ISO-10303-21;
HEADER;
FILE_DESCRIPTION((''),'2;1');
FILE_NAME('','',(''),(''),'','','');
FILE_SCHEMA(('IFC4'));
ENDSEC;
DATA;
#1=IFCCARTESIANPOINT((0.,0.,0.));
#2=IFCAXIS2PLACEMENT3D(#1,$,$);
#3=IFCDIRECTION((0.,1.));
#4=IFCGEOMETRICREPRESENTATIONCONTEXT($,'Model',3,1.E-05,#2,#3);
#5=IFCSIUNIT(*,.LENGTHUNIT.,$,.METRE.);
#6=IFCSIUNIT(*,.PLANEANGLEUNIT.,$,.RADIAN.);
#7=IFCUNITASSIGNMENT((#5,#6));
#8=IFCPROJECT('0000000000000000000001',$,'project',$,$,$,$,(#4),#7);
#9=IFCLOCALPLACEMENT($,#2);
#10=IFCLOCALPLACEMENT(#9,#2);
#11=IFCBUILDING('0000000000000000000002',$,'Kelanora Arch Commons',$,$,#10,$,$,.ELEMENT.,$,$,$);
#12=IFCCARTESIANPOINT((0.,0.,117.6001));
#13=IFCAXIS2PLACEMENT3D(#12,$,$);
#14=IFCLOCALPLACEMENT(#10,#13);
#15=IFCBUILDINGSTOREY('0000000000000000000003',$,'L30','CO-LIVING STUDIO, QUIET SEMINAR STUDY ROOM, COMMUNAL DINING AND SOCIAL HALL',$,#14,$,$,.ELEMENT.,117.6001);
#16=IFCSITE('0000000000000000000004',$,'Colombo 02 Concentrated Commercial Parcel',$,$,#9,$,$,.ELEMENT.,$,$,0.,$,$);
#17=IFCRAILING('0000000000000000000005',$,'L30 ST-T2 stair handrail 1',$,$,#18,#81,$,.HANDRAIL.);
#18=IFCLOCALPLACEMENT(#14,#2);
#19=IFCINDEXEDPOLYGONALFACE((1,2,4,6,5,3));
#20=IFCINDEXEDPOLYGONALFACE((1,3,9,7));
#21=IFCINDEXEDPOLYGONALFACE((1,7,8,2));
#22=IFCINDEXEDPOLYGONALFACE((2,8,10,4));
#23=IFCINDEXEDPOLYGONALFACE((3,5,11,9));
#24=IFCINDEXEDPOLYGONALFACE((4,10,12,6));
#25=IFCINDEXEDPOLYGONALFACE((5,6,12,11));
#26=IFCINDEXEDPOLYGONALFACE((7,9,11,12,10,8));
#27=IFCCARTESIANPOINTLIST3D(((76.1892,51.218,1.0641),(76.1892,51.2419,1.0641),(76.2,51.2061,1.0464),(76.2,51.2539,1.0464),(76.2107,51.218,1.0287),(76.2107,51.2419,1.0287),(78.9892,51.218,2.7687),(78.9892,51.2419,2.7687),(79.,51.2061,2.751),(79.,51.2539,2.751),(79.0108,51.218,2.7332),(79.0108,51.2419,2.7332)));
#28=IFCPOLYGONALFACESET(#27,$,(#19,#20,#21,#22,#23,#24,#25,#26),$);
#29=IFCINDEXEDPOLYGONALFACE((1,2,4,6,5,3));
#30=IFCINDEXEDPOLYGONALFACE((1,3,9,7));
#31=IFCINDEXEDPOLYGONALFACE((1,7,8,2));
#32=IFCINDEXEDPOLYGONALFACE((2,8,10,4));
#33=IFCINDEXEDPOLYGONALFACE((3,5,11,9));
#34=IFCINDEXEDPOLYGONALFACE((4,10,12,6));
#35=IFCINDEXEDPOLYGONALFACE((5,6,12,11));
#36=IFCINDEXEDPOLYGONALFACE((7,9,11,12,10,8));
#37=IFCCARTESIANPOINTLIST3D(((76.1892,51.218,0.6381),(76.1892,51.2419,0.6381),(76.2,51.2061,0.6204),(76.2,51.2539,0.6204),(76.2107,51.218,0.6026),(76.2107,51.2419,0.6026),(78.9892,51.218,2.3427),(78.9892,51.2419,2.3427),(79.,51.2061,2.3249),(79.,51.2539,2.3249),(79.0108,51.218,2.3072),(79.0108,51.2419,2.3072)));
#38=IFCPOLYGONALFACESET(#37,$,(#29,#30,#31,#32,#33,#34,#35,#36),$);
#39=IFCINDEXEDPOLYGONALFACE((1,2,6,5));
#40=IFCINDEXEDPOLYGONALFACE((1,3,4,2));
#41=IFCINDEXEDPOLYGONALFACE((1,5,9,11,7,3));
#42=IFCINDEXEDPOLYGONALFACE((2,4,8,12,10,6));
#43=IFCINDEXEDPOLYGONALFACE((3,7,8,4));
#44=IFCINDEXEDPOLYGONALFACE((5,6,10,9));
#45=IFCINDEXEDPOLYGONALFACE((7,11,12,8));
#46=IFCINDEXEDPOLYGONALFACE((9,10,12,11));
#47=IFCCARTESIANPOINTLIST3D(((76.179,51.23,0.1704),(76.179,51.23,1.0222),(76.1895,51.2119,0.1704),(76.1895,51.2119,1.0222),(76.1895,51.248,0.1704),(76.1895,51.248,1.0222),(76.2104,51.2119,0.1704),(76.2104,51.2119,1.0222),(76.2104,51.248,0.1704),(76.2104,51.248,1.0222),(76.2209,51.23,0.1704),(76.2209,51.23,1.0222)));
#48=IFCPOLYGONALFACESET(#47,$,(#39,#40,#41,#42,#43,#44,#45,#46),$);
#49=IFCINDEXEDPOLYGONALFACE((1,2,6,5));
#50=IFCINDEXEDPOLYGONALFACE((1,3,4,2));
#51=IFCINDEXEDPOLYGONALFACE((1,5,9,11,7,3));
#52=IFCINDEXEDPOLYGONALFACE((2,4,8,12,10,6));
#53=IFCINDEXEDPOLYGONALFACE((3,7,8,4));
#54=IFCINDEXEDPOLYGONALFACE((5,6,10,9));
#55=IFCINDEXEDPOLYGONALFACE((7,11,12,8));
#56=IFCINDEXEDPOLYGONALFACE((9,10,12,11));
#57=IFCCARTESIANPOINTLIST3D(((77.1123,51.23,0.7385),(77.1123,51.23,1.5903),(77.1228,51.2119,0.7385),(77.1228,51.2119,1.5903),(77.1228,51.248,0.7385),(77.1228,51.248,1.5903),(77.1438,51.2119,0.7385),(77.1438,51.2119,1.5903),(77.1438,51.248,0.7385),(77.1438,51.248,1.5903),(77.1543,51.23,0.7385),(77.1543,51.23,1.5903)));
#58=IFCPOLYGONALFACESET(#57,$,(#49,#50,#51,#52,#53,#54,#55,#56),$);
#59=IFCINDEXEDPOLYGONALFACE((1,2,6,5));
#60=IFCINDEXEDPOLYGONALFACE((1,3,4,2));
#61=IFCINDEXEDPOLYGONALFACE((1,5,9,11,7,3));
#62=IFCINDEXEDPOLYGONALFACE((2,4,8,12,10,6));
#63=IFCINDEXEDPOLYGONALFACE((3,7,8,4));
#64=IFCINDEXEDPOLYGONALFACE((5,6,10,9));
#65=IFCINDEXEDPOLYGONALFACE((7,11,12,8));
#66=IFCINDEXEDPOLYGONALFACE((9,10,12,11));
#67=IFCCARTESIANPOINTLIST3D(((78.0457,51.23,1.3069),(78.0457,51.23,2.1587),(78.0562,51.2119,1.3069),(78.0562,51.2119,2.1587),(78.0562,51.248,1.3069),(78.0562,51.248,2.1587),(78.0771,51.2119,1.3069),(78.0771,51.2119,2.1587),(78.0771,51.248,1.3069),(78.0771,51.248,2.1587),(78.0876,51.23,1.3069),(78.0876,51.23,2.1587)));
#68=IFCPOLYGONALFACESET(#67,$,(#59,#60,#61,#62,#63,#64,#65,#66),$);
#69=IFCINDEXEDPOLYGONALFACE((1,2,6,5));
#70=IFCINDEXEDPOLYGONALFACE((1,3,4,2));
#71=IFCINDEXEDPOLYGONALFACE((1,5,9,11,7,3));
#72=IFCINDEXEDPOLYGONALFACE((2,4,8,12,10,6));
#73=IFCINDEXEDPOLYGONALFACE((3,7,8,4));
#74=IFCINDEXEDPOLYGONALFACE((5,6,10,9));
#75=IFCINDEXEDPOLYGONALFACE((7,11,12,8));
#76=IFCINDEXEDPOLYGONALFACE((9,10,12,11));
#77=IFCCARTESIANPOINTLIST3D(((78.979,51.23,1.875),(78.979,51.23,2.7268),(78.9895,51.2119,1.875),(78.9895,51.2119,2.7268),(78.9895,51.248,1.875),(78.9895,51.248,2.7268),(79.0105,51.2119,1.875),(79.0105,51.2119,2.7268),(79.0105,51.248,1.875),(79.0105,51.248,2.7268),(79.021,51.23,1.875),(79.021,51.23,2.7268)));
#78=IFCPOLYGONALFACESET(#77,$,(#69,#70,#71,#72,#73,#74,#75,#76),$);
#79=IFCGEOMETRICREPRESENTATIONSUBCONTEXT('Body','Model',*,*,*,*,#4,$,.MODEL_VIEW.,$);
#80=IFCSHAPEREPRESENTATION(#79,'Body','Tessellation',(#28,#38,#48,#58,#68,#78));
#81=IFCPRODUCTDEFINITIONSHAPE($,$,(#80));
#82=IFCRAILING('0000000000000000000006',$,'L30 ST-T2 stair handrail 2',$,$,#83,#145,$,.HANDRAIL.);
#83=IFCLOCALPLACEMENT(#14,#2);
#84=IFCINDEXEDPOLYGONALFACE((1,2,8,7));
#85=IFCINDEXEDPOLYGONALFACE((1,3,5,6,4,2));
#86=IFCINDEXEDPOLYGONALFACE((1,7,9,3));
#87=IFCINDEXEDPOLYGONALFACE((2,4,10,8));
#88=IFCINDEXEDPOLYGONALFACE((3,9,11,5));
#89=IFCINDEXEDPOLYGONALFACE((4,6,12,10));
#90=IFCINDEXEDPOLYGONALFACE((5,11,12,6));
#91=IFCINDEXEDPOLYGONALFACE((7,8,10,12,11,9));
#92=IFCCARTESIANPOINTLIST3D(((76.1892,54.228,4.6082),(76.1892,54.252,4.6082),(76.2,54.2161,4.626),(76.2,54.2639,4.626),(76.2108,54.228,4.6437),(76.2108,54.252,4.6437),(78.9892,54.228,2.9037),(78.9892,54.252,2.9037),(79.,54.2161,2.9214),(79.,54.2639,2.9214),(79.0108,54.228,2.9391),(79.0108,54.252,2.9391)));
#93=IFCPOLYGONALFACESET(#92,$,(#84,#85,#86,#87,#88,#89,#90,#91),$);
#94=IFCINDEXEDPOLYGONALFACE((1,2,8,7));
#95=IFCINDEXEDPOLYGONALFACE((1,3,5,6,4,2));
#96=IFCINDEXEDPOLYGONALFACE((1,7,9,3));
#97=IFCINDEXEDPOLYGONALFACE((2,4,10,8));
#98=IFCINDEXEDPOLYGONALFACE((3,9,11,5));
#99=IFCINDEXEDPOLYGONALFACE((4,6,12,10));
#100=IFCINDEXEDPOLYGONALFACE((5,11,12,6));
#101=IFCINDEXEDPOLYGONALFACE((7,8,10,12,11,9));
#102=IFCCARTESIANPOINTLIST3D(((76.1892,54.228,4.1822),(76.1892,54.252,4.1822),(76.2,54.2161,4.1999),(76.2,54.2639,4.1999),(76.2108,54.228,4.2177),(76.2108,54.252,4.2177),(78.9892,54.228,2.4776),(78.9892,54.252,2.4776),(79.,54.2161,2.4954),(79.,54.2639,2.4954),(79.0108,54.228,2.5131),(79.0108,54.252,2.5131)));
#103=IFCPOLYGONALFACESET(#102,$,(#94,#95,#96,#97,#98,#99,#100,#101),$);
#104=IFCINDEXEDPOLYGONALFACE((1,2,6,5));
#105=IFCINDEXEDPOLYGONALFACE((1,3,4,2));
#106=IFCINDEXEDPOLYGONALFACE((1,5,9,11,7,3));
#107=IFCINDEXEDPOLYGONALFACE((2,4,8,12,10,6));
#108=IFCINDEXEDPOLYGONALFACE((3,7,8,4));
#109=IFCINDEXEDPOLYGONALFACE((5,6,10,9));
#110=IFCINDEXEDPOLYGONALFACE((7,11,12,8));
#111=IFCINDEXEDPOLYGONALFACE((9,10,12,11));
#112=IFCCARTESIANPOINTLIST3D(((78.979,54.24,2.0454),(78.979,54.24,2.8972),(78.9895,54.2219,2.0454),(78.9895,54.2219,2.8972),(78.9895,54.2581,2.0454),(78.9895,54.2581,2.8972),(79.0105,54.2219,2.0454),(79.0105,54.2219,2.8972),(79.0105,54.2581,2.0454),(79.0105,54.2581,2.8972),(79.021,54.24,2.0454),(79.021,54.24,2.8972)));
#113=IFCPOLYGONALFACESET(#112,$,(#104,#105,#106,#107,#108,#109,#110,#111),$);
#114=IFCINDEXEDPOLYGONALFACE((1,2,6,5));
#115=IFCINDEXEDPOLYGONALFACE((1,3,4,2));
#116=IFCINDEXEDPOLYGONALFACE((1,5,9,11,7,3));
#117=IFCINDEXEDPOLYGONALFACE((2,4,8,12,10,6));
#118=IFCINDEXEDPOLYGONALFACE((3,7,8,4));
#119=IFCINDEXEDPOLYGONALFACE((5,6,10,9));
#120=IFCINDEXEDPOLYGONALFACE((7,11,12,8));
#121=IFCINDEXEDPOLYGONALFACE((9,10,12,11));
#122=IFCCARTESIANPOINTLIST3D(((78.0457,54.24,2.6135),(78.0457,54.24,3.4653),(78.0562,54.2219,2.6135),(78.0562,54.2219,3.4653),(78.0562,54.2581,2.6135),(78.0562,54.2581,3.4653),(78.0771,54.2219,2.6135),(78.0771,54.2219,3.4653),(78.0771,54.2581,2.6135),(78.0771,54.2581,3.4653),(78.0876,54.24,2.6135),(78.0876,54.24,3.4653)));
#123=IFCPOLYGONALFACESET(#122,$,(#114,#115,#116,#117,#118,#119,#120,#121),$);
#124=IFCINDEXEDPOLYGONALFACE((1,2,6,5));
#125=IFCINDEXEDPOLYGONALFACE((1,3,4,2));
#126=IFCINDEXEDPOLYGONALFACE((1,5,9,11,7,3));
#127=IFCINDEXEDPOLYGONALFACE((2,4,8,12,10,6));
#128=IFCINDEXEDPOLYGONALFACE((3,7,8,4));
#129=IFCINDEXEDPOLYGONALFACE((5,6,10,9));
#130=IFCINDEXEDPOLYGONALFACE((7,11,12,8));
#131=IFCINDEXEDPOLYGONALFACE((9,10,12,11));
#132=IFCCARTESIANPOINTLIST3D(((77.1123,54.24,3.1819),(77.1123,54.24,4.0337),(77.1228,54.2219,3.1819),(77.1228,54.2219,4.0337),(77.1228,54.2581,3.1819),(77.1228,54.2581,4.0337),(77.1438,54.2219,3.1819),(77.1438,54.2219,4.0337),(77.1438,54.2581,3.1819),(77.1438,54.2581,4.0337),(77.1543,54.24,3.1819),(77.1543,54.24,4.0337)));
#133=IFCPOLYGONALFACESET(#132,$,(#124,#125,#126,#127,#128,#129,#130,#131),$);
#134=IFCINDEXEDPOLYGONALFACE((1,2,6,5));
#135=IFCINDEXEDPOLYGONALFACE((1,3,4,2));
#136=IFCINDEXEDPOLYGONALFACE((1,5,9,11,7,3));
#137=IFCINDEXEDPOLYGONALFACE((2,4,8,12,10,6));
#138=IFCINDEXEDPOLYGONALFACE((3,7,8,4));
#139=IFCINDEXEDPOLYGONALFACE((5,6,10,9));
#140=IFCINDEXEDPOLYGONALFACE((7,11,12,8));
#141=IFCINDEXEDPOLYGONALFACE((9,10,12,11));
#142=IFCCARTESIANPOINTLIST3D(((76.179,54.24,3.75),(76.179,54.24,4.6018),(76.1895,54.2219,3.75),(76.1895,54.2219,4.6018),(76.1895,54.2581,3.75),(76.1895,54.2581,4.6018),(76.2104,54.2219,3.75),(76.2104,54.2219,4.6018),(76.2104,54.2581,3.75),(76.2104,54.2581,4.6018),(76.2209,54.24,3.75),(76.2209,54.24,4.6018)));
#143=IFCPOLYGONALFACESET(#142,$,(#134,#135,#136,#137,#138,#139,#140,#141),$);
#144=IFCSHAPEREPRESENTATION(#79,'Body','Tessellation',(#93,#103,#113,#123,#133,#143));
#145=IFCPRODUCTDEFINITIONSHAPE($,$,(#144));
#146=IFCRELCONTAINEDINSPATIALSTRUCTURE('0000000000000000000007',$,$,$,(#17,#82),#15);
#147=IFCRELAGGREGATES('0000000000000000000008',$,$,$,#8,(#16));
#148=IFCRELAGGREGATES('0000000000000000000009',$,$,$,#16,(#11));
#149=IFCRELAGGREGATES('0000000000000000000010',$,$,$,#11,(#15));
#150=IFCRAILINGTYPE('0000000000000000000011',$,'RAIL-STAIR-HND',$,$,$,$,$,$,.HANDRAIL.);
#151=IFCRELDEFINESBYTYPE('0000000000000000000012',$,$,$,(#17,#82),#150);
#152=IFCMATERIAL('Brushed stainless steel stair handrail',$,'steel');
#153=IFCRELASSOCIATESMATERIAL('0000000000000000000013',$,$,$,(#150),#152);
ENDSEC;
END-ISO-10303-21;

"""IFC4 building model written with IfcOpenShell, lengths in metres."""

from ifc_helpers import new_model, si_unit, direction, frame, origin, place, context, subcontext, project, spatial, polyline, outline, extrude, material, type_object, element, save


model = new_model("IFC4")

# Units and contexts
model_context = context("Model", 3, precision=1e-05, world=origin(), true_north=direction((0.0, 1.0)))
body_context = subcontext(model_context, "Body", "Model", "MODEL_VIEW")
ifc_project = project(units=[si_unit("LENGTHUNIT", "METRE"), si_unit("PLANEANGLEUNIT", "RADIAN")], contexts=[model_context])

# Site, building, storey
site_placement = place(None, origin())
site = spatial("IfcSite", under=ifc_project, at=site_placement, Name="Colombo 02 Concentrated Commercial Parcel", CompositionType="ELEMENT", RefElevation=0.0)
building_placement = place(site_placement, origin())
building = spatial("IfcBuilding", under=site, at=building_placement, Name="Kelanora Arch Commons", CompositionType="ELEMENT")
storey_placement = place(building_placement, frame((0.0, 0.0, 117.6001)))
storey = spatial("IfcBuildingStorey", under=building, at=storey_placement, Name="L30", Description="CO-LIVING STUDIO, QUIET SEMINAR STUDY ROOM, COMMUNAL DINING AND SOCIAL HALL", CompositionType="ELEMENT", Elevation=117.6001)

# Railings
ifc_material_1 = material(Name="Brushed stainless steel stair handrail", Category="steel")
railing_type_1 = type_object("IfcRailingType", Name="RAIL-STAIR-HND", PredefinedType="HANDRAIL", material=ifc_material_1)
railing_1_placement = place(storey_placement, frame((76.2, 51.23, 0.1704)))
element("IfcRailing", 1, at=railing_1_placement, inside=storey, type_object=railing_type_1, Name="L30 ST-T2 stair handrail 1", PredefinedType="HANDRAIL", context=body_context, shape_type="SweptSolid", body=[
    extrude(outline(polyline([(0.0239, 0.0), (0.012, 0.0208), (-0.012, 0.0208), (-0.0239, 0.0), (-0.012, -0.0208), (0.012, -0.0208), (0.0239, 0.0)])), frame((0.0, 0.0, 0.876), z_axis=(0.85417, 0.0, 0.519994), x_axis=(0.0, 1.0, 0.0)), (0.0, 0.0, 1.0), 3.2781),
    extrude(outline(polyline([(0.0239, 0.0), (0.012, 0.0208), (-0.012, 0.0208), (-0.0239, 0.0), (-0.012, -0.0208), (0.012, -0.0208), (0.0239, 0.0)])), frame((0.0, 0.0, 0.45), z_axis=(0.85417, 0.0, 0.519994), x_axis=(0.0, 1.0, 0.0)), (0.0, 0.0, 1.0), 3.2781),
    extrude(outline(polyline([(0.021, 0.0), (0.0105, 0.0181), (-0.0105, 0.0181), (-0.021, 0.0), (-0.0105, -0.0181), (0.0105, -0.0181), (0.021, 0.0)])), origin(), (0.0, 0.0, 1.0), 0.8518),
    extrude(outline(polyline([(0.021, 0.0), (0.0105, 0.0181), (-0.0105, 0.0181), (-0.021, 0.0), (-0.0105, -0.0181), (0.0105, -0.0181), (0.021, 0.0)])), frame((0.9333, 0.0, 0.5681)), (0.0, 0.0, 1.0), 0.8518),
    extrude(outline(polyline([(0.021, 0.0), (0.0105, 0.0181), (-0.0105, 0.0181), (-0.021, 0.0), (-0.0105, -0.0181), (0.0105, -0.0181), (0.021, 0.0)])), frame((1.8667, 0.0, 1.1365)), (0.0, 0.0, 1.0), 0.8518),
    extrude(outline(polyline([(0.021, 0.0), (0.0105, 0.0181), (-0.0105, 0.0181), (-0.021, 0.0), (-0.0105, -0.0181), (0.0105, -0.0181), (0.021, 0.0)])), frame((2.8, 0.0, 1.7046)), (0.0, 0.0, 1.0), 0.8518),
])
railing_2_placement = place(storey_placement, frame((79.0, 54.24, 2.0454)))
element("IfcRailing", 2, at=railing_2_placement, inside=storey, type_object=railing_type_1, Name="L30 ST-T2 stair handrail 2", PredefinedType="HANDRAIL", context=body_context, shape_type="SweptSolid", body=[
    extrude(outline(polyline([(0.0239, 0.0), (0.012, 0.0208), (-0.012, 0.0208), (-0.0239, 0.0), (-0.012, -0.0208), (0.012, -0.0208), (0.0239, 0.0)])), frame((0.0, 0.0, 0.876), z_axis=(-0.85417, 0.0, 0.519994), x_axis=(0.0, -1.0, 0.0)), (0.0, 0.0, 1.0), 3.2781),
    extrude(outline(polyline([(0.0239, 0.0), (0.012, 0.0208), (-0.012, 0.0208), (-0.0239, 0.0), (-0.012, -0.0208), (0.012, -0.0208), (0.0239, 0.0)])), frame((0.0, 0.0, 0.45), z_axis=(-0.85417, 0.0, 0.519994), x_axis=(0.0, -1.0, 0.0)), (0.0, 0.0, 1.0), 3.2781),
    extrude(outline(polyline([(0.021, 0.0), (0.0105, 0.0181), (-0.0105, 0.0181), (-0.021, 0.0), (-0.0105, -0.0181), (0.0105, -0.0181), (0.021, 0.0)])), origin(), (0.0, 0.0, 1.0), 0.8518),
    extrude(outline(polyline([(0.021, 0.0), (0.0105, 0.0181), (-0.0105, 0.0181), (-0.021, 0.0), (-0.0105, -0.0181), (0.0105, -0.0181), (0.021, 0.0)])), frame((-0.9333, 0.0, 0.5681)), (0.0, 0.0, 1.0), 0.8518),
    extrude(outline(polyline([(0.021, 0.0), (0.0105, 0.0181), (-0.0105, 0.0181), (-0.021, 0.0), (-0.0105, -0.0181), (0.0105, -0.0181), (0.021, 0.0)])), frame((-1.8667, 0.0, 1.1365)), (0.0, 0.0, 1.0), 0.8518),
    extrude(outline(polyline([(0.021, 0.0), (0.0105, 0.0181), (-0.0105, 0.0181), (-0.021, 0.0), (-0.0105, -0.0181), (0.0105, -0.0181), (0.021, 0.0)])), frame((-2.8, 0.0, 1.7046)), (0.0, 0.0, 1.0), 0.8518),
])

save(model, "model.ifc")
